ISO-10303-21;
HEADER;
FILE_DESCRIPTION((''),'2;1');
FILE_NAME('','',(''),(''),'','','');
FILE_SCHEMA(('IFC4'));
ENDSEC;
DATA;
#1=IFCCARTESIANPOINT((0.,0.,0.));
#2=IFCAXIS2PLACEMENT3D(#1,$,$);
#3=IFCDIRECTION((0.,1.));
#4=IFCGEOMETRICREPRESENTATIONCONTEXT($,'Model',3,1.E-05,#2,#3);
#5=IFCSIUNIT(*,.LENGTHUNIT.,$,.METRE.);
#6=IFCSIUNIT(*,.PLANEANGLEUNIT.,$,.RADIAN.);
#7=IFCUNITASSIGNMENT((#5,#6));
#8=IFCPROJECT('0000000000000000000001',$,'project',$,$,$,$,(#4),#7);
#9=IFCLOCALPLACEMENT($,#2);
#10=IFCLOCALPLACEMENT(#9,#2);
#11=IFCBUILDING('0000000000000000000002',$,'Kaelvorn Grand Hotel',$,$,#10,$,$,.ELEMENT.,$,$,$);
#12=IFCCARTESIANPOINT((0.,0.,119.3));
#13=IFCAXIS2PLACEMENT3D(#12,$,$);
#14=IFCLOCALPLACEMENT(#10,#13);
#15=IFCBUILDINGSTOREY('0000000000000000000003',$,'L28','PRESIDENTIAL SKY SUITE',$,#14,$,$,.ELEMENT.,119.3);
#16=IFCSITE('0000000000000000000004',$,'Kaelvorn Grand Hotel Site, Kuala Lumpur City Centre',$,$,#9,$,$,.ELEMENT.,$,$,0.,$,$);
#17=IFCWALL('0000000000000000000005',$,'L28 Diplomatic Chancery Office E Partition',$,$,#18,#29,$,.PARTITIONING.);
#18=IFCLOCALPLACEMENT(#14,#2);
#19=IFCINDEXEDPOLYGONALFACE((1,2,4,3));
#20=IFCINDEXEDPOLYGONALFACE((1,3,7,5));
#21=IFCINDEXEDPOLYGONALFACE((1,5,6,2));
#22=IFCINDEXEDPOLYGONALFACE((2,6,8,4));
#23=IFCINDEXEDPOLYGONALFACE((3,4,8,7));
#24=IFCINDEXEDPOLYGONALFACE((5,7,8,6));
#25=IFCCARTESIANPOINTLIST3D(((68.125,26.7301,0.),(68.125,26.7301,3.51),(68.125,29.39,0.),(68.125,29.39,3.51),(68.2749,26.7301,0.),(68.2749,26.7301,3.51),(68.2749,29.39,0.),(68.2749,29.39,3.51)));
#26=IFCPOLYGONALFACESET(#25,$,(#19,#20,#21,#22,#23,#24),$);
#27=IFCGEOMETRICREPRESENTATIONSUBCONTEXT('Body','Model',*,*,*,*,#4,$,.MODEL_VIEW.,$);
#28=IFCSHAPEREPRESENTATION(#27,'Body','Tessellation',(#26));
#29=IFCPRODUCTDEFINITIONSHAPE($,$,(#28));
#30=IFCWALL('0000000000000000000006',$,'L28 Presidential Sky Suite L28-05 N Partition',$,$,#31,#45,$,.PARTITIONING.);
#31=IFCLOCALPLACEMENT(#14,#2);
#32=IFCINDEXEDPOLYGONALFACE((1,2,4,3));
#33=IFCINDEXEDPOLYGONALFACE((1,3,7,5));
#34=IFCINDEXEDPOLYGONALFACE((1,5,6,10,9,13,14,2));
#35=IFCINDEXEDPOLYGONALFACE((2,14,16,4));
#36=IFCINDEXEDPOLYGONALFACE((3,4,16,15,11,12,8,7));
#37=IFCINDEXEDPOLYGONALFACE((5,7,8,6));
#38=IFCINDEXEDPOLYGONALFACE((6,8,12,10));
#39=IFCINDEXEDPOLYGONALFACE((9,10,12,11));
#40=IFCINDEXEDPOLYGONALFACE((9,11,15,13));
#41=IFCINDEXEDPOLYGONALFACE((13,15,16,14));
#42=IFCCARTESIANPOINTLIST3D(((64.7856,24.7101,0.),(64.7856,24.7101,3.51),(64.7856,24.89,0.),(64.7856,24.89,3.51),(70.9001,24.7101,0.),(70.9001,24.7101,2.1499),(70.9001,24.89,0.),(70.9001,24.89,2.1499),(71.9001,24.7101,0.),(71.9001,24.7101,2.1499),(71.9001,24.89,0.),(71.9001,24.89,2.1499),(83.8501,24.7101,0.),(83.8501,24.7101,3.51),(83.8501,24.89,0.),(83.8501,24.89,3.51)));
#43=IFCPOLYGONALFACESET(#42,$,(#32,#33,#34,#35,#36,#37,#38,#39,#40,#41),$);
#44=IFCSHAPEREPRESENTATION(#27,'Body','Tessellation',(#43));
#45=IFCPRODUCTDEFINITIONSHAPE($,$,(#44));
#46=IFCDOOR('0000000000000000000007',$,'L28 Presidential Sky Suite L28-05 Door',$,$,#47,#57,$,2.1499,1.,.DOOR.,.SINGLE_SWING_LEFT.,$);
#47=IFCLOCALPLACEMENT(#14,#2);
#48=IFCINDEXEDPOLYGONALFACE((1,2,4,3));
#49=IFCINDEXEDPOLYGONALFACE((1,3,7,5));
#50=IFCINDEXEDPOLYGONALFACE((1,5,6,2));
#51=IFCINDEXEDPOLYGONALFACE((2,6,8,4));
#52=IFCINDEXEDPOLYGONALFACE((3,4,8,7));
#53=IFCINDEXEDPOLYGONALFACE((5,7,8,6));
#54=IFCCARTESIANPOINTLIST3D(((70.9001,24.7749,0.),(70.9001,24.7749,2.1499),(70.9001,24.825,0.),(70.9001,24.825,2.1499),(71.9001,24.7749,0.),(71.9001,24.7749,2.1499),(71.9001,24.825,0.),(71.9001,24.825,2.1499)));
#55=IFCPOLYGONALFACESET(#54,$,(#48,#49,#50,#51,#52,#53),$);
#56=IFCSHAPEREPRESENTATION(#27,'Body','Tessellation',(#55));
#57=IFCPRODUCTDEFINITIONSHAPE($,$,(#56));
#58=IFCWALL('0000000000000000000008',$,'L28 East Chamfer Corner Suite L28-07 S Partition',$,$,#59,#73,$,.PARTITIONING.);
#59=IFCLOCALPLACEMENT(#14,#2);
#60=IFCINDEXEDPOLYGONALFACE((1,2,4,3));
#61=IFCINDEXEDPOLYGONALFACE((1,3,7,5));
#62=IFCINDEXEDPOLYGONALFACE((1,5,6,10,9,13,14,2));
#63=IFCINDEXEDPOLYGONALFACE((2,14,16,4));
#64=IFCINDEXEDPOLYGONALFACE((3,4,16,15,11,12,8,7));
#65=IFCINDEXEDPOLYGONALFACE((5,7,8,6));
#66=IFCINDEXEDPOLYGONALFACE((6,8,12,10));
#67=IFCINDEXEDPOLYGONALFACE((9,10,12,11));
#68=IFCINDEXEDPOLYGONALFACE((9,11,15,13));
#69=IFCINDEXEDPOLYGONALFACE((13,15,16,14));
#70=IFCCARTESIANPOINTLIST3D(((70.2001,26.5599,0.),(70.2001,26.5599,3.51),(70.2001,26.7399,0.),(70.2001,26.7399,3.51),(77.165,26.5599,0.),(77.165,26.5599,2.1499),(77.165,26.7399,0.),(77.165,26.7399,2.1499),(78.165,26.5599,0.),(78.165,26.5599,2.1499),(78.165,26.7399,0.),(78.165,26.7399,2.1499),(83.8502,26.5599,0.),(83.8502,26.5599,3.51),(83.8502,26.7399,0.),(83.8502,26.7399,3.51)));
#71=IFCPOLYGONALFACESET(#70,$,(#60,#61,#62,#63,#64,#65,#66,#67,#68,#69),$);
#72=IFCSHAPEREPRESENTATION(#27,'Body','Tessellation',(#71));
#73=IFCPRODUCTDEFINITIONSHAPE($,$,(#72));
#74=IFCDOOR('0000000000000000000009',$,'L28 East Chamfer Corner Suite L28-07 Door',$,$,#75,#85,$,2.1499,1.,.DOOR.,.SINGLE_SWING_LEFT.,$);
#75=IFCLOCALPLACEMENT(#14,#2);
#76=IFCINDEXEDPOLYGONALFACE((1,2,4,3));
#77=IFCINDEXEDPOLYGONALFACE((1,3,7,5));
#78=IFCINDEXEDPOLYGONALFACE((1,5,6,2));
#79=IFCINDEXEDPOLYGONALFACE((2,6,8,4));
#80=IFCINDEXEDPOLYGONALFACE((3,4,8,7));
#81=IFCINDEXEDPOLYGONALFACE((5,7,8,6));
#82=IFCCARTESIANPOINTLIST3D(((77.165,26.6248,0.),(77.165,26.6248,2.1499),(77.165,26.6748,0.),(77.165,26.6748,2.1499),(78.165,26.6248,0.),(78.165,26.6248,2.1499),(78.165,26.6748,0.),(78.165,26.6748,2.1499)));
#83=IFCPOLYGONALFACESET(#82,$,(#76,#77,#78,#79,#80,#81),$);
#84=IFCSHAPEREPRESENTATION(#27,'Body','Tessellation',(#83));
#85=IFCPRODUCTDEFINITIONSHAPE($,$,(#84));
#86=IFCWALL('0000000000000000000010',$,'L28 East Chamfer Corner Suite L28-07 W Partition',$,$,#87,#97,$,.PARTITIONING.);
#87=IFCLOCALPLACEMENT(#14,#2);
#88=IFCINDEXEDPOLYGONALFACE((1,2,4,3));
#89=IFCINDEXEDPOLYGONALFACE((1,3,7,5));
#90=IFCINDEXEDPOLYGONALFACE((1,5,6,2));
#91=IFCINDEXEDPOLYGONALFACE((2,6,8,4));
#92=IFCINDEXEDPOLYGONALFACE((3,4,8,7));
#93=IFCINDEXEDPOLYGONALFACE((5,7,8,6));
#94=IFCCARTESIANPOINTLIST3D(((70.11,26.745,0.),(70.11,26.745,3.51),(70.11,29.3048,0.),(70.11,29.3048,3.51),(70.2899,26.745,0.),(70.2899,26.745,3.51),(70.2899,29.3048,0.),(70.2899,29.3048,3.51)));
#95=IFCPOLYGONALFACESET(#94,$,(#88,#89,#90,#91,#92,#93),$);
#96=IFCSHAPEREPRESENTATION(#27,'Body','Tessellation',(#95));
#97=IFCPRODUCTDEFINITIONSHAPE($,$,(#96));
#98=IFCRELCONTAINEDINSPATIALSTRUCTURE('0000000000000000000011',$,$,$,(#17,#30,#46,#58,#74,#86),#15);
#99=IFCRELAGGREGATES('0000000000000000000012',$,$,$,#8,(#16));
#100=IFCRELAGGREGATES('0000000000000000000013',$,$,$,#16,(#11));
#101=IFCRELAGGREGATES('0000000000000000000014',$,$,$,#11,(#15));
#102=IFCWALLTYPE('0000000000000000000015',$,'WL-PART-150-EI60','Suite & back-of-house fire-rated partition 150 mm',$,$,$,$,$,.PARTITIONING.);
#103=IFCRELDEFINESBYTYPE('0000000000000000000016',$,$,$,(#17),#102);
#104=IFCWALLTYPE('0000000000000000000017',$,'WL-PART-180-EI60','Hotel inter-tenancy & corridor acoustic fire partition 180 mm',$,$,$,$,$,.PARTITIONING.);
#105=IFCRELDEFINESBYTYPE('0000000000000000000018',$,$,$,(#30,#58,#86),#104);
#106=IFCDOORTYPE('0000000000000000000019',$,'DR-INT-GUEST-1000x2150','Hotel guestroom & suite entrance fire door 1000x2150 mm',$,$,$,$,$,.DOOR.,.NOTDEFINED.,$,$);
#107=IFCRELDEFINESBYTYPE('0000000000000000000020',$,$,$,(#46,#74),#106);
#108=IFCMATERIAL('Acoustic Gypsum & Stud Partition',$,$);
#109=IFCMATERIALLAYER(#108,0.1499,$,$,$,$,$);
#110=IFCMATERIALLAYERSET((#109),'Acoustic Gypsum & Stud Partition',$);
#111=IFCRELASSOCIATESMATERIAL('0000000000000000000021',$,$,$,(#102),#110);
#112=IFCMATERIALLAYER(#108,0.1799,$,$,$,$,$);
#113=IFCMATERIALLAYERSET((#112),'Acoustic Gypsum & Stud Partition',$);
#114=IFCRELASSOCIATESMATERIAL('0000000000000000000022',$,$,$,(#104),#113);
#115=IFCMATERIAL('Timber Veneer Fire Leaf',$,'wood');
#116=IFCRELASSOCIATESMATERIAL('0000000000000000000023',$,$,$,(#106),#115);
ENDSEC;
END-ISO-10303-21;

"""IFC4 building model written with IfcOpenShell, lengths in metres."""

from ifc_helpers import new_model, si_unit, direction, frame, frame_2d, origin, place, context, subcontext, project, spatial, rectangle, extrude, material, layer, layer_set, type_object, element, fill, save


model = new_model("IFC4")

# Units and contexts
model_context = context("Model", 3, precision=1e-05, world=origin(), true_north=direction((0.0, 1.0)))
body_context = subcontext(model_context, "Body", "Model", "MODEL_VIEW")
ifc_project = project(units=[si_unit("LENGTHUNIT", "METRE"), si_unit("PLANEANGLEUNIT", "RADIAN")], contexts=[model_context])

# Site, building, storey
site_placement = place(None, origin())
site = spatial("IfcSite", under=ifc_project, at=site_placement, Name="Kaelvorn Grand Hotel Site, Kuala Lumpur City Centre", CompositionType="ELEMENT", RefElevation=0.0)
building_placement = place(site_placement, origin())
building = spatial("IfcBuilding", under=site, at=building_placement, Name="Kaelvorn Grand Hotel", CompositionType="ELEMENT")
storey_placement = place(building_placement, frame((0.0, 0.0, 119.3)))
storey = spatial("IfcBuildingStorey", under=building, at=storey_placement, Name="L28", Description="PRESIDENTIAL SKY SUITE", CompositionType="ELEMENT", Elevation=119.3)

# Wall
ifc_material_1 = material(Name="Acoustic Gypsum & Stud Partition")
ifc_layer_1 = layer(ifc_material_1, 0.1499)
ifc_layer_set_1 = layer_set([ifc_layer_1], Name="Acoustic Gypsum & Stud Partition")
wall_type_1 = type_object("IfcWallType", Name="WL-PART-150-EI60", Description="Suite & back-of-house fire-rated partition 150 mm", PredefinedType="PARTITIONING", material=ifc_layer_set_1)
wall_1_placement = place(storey_placement, frame((68.2, 26.73, 0.0), z_axis=(0.0, 0.0, 1.0), x_axis=(0.0, 1.0, 0.0)))
element("IfcWall", 1, at=wall_1_placement, inside=storey, type_object=wall_type_1, Name="L28 Diplomatic Chancery Office E Partition", PredefinedType="PARTITIONING", context=body_context, shape_type="SweptSolid", body=[
    extrude(rectangle(XDim=2.6599, YDim=0.1499, at=frame_2d((1.3301, 0.0))), origin(), (0.0, 0.0, 1.0), 3.51),
])

# Walls, openings, doors
ifc_layer_2 = layer(ifc_material_1, 0.1799)
ifc_layer_set_2 = layer_set([ifc_layer_2], Name="Acoustic Gypsum & Stud Partition")
wall_type_2 = type_object("IfcWallType", Name="WL-PART-180-EI60", Description="Hotel inter-tenancy & corridor acoustic fire partition 180 mm", PredefinedType="PARTITIONING", material=ifc_layer_set_2)
wall_2_placement = place(storey_placement, frame((64.7856, 24.8, 0.0), z_axis=(0.0, 0.0, 1.0), x_axis=(1.0, 0.0, 0.0)))
wall_2 = element("IfcWall", 2, at=wall_2_placement, inside=storey, type_object=wall_type_2, Name="L28 Presidential Sky Suite L28-05 N Partition", PredefinedType="PARTITIONING", context=body_context, shape_type="SweptSolid", body=[
    extrude(rectangle(XDim=19.0645, YDim=0.1799, at=frame_2d((9.5322, 0.0))), origin(), (0.0, 0.0, 1.0), 3.51),
])
opening_1_placement = place(wall_2_placement, frame((6.1145, 0.0, 0.0)))
opening_1 = element("IfcOpeningElement", 3, at=opening_1_placement, cuts=wall_2, PredefinedType="OPENING", context=body_context, shape_type="SweptSolid", body=[
    extrude(rectangle(XDim=1.0, YDim=2.1499, at=frame_2d((0.5, 1.075))), frame((0.0, 0.1001, 0.0), z_axis=(0.0, -1.0, 0.0), x_axis=(1.0, 0.0, 0.0)), (0.0, 0.0, 1.0), 0.2),
])
ifc_material_2 = material(Name="Timber Veneer Fire Leaf", Category="wood")
door_type_1 = type_object("IfcDoorType", Name="DR-INT-GUEST-1000x2150", Description="Hotel guestroom & suite entrance fire door 1000x2150 mm", OperationType="NOTDEFINED", PredefinedType="DOOR", material=ifc_material_2)
door_1_placement = place(opening_1_placement, origin())
door_1 = element("IfcDoor", 4, at=door_1_placement, inside=storey, type_object=door_type_1, Name="L28 Presidential Sky Suite L28-05 Door", OperationType="SINGLE_SWING_LEFT", OverallHeight=2.1499, OverallWidth=1.0, PredefinedType="DOOR", context=body_context, shape_type="SweptSolid", body=[
    extrude(rectangle(XDim=1.0, YDim=2.1499, at=frame_2d((0.5, 1.075))), frame((0.0, 0.0249, 0.0), z_axis=(0.0, -1.0, 0.0), x_axis=(1.0, 0.0, 0.0)), (0.0, 0.0, 1.0), 0.05),
])
fill(opening_1, door_1)
wall_3_placement = place(storey_placement, frame((70.2, 26.6499, 0.0), z_axis=(0.0, 0.0, 1.0), x_axis=(1.0, 0.0, 0.0)))
wall_3 = element("IfcWall", 5, at=wall_3_placement, inside=storey, type_object=wall_type_2, Name="L28 East Chamfer Corner Suite L28-07 S Partition", PredefinedType="PARTITIONING", context=body_context, shape_type="SweptSolid", body=[
    extrude(rectangle(XDim=13.6501, YDim=0.1799, at=frame_2d((6.8252, 0.0))), origin(), (0.0, 0.0, 1.0), 3.51),
])
opening_2_placement = place(wall_3_placement, frame((6.9651, 0.0, 0.0)))
opening_2 = element("IfcOpeningElement", 6, at=opening_2_placement, cuts=wall_3, PredefinedType="OPENING", context=body_context, shape_type="SweptSolid", body=[
    extrude(rectangle(XDim=1.0, YDim=2.1499, at=frame_2d((0.5, 1.075))), frame((0.0, 0.1001, 0.0), z_axis=(0.0, -1.0, 0.0), x_axis=(1.0, 0.0, 0.0)), (0.0, 0.0, 1.0), 0.2),
])
door_2_placement = place(opening_2_placement, origin())
door_2 = element("IfcDoor", 7, at=door_2_placement, inside=storey, type_object=door_type_1, Name="L28 East Chamfer Corner Suite L28-07 Door", OperationType="SINGLE_SWING_LEFT", OverallHeight=2.1499, OverallWidth=1.0, PredefinedType="DOOR", context=body_context, shape_type="SweptSolid", body=[
    extrude(rectangle(XDim=1.0, YDim=2.1499, at=frame_2d((0.5, 1.075))), frame((0.0, 0.0249, 0.0), z_axis=(0.0, -1.0, 0.0), x_axis=(1.0, 0.0, 0.0)), (0.0, 0.0, 1.0), 0.05),
])
fill(opening_2, door_2)

# Wall
wall_4_placement = place(storey_placement, frame((70.2, 26.7451, 0.0), z_axis=(0.0, 0.0, 1.0), x_axis=(0.0, 1.0, 0.0)))
element("IfcWall", 8, at=wall_4_placement, inside=storey, type_object=wall_type_2, Name="L28 East Chamfer Corner Suite L28-07 W Partition", PredefinedType="PARTITIONING", context=body_context, shape_type="SweptSolid", body=[
    extrude(rectangle(XDim=2.5598, YDim=0.1799, at=frame_2d((1.2798, 0.0))), origin(), (0.0, 0.0, 1.0), 3.51),
])

save(model, "model.ifc")
